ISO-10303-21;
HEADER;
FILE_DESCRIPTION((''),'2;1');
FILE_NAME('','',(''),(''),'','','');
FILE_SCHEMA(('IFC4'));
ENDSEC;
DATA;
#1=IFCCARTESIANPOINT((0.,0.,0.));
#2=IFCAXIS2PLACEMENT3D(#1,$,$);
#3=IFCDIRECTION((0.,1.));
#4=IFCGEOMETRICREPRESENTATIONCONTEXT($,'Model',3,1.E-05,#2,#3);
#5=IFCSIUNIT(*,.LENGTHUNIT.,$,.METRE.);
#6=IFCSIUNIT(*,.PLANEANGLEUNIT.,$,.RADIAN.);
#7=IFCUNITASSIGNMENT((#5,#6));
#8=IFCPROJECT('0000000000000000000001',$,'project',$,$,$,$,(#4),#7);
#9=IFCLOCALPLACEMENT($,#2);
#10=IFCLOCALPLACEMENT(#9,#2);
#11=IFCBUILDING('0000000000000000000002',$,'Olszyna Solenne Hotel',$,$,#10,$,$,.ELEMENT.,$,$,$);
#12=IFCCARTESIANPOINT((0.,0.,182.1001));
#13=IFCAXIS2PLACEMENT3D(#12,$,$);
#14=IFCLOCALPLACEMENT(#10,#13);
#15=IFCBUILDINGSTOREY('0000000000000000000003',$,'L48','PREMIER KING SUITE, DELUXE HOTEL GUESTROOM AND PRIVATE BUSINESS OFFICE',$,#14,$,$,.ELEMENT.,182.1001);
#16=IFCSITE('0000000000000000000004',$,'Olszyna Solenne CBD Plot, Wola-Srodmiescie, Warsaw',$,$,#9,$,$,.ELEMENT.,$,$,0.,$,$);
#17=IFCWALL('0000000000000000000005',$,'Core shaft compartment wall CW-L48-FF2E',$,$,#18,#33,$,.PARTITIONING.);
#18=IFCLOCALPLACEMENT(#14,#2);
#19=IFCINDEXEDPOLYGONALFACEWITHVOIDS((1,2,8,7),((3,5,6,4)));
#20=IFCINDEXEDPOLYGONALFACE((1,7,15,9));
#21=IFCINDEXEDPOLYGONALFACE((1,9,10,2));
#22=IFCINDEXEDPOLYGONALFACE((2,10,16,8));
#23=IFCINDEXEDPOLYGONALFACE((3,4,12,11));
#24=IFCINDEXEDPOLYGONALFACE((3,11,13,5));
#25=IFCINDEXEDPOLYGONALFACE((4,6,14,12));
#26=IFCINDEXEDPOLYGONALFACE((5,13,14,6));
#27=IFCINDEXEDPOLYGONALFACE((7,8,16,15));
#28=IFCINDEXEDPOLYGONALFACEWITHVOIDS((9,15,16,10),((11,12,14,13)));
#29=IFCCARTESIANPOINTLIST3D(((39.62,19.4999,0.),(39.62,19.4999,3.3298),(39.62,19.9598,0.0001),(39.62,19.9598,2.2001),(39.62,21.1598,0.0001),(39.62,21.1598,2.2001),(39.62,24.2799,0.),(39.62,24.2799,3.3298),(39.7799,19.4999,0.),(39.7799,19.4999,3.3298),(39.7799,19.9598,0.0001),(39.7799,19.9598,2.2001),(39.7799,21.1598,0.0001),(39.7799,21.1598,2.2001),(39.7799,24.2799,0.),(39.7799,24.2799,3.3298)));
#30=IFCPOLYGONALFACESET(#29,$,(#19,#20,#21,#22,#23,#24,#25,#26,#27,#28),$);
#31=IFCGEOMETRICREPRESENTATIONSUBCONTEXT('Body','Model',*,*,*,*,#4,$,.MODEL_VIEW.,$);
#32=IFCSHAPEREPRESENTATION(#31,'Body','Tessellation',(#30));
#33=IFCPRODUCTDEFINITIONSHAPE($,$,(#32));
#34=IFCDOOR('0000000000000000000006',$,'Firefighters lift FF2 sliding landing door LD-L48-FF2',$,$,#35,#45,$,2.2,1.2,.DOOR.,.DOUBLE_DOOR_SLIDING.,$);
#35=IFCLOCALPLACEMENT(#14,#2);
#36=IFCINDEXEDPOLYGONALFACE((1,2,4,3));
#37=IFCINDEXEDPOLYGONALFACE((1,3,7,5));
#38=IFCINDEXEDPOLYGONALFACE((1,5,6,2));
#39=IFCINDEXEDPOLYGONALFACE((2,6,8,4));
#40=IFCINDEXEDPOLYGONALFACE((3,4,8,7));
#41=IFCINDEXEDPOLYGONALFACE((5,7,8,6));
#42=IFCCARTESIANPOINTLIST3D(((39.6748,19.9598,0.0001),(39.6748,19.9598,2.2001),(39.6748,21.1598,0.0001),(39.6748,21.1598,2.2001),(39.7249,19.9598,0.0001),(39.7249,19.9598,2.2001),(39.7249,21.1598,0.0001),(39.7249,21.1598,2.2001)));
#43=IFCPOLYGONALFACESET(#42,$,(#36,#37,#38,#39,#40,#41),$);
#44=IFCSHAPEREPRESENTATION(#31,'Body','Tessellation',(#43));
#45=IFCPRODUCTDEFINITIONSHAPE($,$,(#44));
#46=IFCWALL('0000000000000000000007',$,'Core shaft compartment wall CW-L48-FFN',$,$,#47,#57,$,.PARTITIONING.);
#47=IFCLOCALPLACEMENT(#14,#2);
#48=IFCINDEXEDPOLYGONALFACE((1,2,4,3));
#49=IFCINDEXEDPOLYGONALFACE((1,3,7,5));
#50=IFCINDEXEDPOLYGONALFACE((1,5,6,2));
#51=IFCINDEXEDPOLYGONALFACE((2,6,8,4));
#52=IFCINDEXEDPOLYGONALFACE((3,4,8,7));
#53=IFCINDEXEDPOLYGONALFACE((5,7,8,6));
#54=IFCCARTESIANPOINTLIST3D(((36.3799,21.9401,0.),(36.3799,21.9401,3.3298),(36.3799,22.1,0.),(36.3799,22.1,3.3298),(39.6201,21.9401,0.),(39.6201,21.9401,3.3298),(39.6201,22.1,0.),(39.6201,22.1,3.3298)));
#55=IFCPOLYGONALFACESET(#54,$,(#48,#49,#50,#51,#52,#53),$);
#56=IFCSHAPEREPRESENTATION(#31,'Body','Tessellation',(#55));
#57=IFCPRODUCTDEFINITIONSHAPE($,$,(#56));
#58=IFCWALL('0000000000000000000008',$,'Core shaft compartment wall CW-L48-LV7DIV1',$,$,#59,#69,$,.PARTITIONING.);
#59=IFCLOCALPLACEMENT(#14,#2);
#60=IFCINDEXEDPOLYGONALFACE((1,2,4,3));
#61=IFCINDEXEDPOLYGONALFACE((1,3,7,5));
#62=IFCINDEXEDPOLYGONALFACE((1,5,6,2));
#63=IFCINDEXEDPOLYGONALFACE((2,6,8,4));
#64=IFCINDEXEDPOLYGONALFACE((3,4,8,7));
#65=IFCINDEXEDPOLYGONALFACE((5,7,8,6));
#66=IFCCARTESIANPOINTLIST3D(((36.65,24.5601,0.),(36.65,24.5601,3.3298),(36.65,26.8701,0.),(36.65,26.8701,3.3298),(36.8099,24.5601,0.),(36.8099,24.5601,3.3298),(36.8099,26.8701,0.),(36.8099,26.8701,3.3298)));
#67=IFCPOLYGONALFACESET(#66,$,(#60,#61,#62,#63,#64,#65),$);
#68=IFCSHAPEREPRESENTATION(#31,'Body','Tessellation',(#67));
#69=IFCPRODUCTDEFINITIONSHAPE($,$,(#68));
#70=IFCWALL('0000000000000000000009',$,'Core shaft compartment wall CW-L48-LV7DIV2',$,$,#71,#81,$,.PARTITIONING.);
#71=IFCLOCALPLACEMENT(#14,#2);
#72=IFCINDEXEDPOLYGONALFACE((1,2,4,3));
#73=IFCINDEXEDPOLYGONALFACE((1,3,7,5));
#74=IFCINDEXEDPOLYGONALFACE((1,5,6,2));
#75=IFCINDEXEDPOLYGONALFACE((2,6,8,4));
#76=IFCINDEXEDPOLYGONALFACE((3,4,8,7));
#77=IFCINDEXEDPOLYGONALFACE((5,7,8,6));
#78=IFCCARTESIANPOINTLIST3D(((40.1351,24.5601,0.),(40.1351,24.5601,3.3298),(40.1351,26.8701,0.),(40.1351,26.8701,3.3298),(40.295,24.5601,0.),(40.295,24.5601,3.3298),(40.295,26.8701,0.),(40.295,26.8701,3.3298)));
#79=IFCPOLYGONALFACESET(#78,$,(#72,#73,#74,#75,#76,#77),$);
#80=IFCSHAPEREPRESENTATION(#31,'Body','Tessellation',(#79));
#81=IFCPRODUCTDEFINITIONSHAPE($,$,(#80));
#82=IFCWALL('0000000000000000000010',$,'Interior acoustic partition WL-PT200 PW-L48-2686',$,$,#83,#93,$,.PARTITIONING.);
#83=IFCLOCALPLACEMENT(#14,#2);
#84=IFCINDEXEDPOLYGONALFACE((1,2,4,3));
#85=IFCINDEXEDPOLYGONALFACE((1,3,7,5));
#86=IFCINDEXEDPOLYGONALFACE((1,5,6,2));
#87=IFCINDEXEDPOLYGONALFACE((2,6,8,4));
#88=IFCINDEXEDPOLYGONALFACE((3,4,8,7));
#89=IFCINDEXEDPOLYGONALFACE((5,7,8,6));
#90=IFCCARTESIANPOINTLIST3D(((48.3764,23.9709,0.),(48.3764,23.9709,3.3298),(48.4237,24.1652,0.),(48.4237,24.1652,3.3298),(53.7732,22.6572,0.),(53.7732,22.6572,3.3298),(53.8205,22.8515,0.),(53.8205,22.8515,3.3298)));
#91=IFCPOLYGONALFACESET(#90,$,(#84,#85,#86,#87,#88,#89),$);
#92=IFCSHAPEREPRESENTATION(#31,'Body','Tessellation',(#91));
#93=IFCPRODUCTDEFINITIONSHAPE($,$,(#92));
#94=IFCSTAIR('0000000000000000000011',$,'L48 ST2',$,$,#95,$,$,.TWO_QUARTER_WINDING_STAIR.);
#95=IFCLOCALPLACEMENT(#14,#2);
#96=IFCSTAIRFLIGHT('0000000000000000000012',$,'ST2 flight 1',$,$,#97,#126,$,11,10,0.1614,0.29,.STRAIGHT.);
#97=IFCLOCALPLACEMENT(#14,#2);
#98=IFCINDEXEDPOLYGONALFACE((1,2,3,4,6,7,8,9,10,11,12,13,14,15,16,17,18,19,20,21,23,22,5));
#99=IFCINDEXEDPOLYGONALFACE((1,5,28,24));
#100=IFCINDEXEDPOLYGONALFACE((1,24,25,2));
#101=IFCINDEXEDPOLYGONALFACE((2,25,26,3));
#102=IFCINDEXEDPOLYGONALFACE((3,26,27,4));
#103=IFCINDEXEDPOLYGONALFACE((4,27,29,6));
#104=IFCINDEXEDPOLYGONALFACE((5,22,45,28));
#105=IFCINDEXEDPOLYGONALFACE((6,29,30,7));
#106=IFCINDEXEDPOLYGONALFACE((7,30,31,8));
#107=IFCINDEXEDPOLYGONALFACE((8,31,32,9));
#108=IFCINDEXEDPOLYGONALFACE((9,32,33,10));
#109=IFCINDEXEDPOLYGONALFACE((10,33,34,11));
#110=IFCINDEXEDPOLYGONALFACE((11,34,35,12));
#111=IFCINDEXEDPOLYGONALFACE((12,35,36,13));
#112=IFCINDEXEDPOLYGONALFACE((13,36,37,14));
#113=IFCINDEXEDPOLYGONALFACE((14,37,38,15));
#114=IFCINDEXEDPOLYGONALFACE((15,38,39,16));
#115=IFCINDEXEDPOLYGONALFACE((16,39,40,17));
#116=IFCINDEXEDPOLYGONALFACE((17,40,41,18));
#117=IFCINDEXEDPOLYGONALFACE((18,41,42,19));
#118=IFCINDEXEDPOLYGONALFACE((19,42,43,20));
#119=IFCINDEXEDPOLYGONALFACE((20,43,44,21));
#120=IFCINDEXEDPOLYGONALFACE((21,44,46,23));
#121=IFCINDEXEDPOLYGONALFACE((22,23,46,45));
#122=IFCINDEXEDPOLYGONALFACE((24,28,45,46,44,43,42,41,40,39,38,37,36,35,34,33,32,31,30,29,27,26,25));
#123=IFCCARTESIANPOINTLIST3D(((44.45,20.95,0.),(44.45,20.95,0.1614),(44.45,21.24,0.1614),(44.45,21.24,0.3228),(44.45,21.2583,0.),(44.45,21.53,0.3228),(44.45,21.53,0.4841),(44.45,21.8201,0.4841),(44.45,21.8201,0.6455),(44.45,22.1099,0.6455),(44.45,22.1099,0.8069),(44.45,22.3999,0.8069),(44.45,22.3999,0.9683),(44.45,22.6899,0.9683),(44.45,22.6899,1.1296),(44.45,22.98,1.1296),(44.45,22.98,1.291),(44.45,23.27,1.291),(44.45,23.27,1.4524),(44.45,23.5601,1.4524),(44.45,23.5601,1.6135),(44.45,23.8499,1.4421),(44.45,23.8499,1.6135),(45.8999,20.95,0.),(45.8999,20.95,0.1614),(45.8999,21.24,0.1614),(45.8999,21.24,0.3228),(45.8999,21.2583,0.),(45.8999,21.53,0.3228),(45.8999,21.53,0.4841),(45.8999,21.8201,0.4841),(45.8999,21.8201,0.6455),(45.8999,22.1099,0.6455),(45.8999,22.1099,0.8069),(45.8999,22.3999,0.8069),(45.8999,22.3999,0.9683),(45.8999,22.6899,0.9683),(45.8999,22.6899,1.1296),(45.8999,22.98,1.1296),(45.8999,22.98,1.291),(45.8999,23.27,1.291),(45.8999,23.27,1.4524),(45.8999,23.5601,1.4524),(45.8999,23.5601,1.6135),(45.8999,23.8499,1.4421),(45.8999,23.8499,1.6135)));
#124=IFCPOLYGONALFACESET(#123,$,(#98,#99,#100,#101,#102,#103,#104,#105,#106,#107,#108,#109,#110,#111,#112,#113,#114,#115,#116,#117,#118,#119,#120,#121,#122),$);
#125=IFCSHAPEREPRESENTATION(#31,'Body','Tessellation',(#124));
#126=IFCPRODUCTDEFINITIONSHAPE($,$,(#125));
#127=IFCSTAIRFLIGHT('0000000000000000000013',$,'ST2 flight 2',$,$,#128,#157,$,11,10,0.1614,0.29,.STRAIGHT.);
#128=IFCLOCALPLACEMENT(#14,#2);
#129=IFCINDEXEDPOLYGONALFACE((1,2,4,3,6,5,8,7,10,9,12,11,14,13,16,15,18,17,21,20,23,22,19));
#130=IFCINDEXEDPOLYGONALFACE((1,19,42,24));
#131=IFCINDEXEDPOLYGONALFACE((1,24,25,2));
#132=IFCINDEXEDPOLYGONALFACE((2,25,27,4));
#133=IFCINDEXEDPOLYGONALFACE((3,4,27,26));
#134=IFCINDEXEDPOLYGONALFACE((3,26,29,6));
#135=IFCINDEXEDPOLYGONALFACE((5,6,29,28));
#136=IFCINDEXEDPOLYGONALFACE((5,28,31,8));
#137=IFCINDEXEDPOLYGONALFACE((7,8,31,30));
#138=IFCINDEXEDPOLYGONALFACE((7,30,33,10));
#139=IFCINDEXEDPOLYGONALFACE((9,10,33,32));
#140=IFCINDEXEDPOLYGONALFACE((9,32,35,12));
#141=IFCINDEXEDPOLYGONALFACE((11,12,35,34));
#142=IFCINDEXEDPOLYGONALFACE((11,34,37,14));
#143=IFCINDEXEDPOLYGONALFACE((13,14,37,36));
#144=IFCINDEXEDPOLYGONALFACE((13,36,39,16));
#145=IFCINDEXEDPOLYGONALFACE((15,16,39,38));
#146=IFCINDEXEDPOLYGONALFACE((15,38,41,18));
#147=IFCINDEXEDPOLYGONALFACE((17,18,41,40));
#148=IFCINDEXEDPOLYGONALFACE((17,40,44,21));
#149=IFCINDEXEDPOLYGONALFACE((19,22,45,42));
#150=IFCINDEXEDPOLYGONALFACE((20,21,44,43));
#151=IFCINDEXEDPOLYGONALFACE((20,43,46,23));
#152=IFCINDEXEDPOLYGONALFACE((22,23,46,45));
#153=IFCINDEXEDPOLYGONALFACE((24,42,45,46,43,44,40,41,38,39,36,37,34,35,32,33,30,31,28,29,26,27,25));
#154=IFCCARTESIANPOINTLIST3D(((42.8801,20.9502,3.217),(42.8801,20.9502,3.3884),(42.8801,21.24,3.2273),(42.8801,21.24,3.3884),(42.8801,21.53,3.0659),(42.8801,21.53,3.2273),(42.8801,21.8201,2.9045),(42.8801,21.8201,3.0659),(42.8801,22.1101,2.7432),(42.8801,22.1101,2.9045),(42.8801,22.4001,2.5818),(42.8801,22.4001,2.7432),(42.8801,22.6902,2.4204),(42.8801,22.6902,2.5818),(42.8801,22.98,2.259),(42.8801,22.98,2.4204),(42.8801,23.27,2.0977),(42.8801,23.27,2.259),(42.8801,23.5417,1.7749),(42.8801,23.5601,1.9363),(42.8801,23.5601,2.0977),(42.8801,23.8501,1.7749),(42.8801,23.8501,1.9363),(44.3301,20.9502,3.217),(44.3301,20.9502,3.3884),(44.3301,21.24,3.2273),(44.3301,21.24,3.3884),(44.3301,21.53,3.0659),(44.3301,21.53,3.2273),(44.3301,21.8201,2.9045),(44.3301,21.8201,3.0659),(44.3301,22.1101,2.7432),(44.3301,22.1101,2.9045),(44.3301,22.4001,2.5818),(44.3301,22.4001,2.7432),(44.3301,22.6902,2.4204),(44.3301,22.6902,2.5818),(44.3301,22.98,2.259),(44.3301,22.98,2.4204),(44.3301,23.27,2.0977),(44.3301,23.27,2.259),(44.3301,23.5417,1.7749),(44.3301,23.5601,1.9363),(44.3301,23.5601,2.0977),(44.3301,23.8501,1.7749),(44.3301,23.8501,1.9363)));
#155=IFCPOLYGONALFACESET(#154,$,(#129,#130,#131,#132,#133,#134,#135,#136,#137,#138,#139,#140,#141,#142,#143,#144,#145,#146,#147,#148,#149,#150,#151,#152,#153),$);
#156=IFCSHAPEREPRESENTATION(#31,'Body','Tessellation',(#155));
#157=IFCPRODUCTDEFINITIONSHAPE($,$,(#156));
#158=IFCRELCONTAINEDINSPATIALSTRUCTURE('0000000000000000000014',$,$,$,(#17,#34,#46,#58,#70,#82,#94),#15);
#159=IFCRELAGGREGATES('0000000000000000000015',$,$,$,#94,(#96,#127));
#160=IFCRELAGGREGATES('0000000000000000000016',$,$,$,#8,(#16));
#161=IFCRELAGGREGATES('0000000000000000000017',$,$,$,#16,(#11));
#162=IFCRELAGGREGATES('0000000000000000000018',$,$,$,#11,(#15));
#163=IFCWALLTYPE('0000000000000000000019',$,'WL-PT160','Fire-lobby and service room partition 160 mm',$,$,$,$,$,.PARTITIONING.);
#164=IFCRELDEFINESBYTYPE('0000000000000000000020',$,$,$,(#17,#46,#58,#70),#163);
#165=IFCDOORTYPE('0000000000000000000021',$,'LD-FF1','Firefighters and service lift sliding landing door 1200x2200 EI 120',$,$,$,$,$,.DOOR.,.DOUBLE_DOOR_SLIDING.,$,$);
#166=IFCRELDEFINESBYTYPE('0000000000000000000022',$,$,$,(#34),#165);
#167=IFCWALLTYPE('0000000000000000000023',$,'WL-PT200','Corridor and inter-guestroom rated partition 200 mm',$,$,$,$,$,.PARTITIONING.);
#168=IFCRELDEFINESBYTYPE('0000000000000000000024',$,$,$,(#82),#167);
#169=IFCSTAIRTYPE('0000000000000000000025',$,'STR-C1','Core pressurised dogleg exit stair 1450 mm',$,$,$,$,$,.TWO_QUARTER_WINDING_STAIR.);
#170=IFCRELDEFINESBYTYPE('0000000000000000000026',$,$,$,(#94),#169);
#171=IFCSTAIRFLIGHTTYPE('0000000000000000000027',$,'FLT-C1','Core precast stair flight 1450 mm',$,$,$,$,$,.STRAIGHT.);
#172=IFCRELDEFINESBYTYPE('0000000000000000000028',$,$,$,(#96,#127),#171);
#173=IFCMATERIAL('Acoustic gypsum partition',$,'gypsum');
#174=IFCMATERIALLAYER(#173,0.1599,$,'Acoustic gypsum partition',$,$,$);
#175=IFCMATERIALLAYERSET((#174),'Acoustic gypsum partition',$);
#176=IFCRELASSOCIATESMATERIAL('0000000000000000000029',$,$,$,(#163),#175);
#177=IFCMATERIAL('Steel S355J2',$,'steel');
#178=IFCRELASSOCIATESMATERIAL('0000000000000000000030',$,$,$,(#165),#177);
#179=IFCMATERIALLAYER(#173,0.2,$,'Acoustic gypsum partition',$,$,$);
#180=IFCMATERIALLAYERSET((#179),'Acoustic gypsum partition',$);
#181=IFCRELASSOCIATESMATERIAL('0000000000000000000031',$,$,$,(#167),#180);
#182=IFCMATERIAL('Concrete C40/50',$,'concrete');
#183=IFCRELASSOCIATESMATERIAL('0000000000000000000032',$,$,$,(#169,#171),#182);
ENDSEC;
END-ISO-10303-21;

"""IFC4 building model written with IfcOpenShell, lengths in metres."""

from ifc_helpers import new_model, si_unit, direction, frame, frame_2d, origin, place, context, subcontext, project, spatial, polyline, rectangle, outline, extrude, source, transform, mapped, material, layer, layer_set, type_object, type_shapes, element, fill, aggregate, save


model = new_model("IFC4")

# Units and contexts
model_context = context("Model", 3, precision=1e-05, world=origin(), true_north=direction((0.0, 1.0)))
body_context = subcontext(model_context, "Body", "Model", "MODEL_VIEW")
ifc_project = project(units=[si_unit("LENGTHUNIT", "METRE"), si_unit("PLANEANGLEUNIT", "RADIAN")], contexts=[model_context])

# Site, building, storey
site_placement = place(None, origin())
site = spatial("IfcSite", under=ifc_project, at=site_placement, Name="Olszyna Solenne CBD Plot, Wola-Srodmiescie, Warsaw", CompositionType="ELEMENT", RefElevation=0.0)
building_placement = place(site_placement, origin())
building = spatial("IfcBuilding", under=site, at=building_placement, Name="Olszyna Solenne Hotel", CompositionType="ELEMENT")
storey_placement = place(building_placement, frame((0.0, 0.0, 182.1001)))
storey = spatial("IfcBuildingStorey", under=building, at=storey_placement, Name="L48", Description="PREMIER KING SUITE, DELUXE HOTEL GUESTROOM AND PRIVATE BUSINESS OFFICE", CompositionType="ELEMENT", Elevation=182.1001)

# Shared definitions
ifc_material_1 = material(Name="Steel S355J2", Category="steel")

# Shared definitions
ifc_material_2 = material(Name="Acoustic gypsum partition", Category="gypsum")

# Shared definitions
ifc_layer_1 = layer(ifc_material_2, 0.1599, Name="Acoustic gypsum partition")
ifc_layer_set_1 = layer_set([ifc_layer_1], Name="Acoustic gypsum partition")
wall_type_1 = type_object("IfcWallType", Name="WL-PT160", Description="Fire-lobby and service room partition 160 mm", PredefinedType="PARTITIONING", material=ifc_layer_set_1)

# Wall, opening, door
wall_1_placement = place(storey_placement, frame((39.7, 24.28, 0.0), z_axis=(0.0, 0.0, 1.0), x_axis=(0.0, -1.0, 0.0)))
wall_1 = element("IfcWall", 1, at=wall_1_placement, inside=storey, type_object=wall_type_1, Name="Core shaft compartment wall CW-L48-FF2E", PredefinedType="PARTITIONING", context=body_context, shape_type="SweptSolid", body=[
    extrude(rectangle(XDim=4.78, YDim=0.1599, at=frame_2d((2.3901, 0.0))), origin(), (0.0, 0.0, 1.0), 3.3298),
])
opening_1_placement = place(wall_1_placement, frame((3.1201, 0.0, 0.0)))
opening_1 = element("IfcOpeningElement", 2, at=opening_1_placement, cuts=wall_1, PredefinedType="OPENING", context=body_context, shape_type="SweptSolid", body=[
    extrude(rectangle(XDim=1.2, YDim=2.2, at=frame_2d((0.6001, 1.1001))), frame((0.0, 0.0898, 0.0), z_axis=(0.0, -1.0, 0.0), x_axis=(1.0, 0.0, 0.0)), (0.0, 0.0, 1.0), 0.1799),
])
door_type_1 = type_object("IfcDoorType", Name="LD-FF1", Description="Firefighters and service lift sliding landing door 1200x2200 EI 120", OperationType="DOUBLE_DOOR_SLIDING", PredefinedType="DOOR", material=ifc_material_1)
shared_shape_1 = source(origin(), body_context, "Body", "SweptSolid", [
    extrude(rectangle(XDim=1.2, YDim=2.2, at=frame_2d((0.6001, 1.1001))), frame((0.0, 0.0249, 0.0), z_axis=(0.0, -1.0, 0.0), x_axis=(1.0, 0.0, 0.0)), (0.0, 0.0, 1.0), 0.05),
])
type_shapes(door_type_1, [shared_shape_1])
door_1_placement = place(opening_1_placement, origin())
door_1 = element("IfcDoor", 3, at=door_1_placement, inside=storey, type_object=door_type_1, Name="Firefighters lift FF2 sliding landing door LD-L48-FF2", OperationType="DOUBLE_DOOR_SLIDING", OverallHeight=2.2, OverallWidth=1.2, PredefinedType="DOOR", context=body_context, shape_type="MappedRepresentation", body=[
    mapped(shared_shape_1, transform((0.0, 0.0, 0.0), x_axis=(1.0, 0.0, 0.0), y_axis=(0.0, 1.0, 0.0), z_axis=(0.0, 0.0, 1.0), scale=1.0)),
])
fill(opening_1, door_1)

# Walls
wall_2_placement = place(storey_placement, frame((36.3799, 22.02, 0.0), z_axis=(0.0, 0.0, 1.0), x_axis=(1.0, 0.0, 0.0)))
element("IfcWall", 4, at=wall_2_placement, inside=storey, type_object=wall_type_1, Name="Core shaft compartment wall CW-L48-FFN", PredefinedType="PARTITIONING", context=body_context, shape_type="SweptSolid", body=[
    extrude(rectangle(XDim=3.2402, YDim=0.1599, at=frame_2d((1.6201, 0.0))), origin(), (0.0, 0.0, 1.0), 3.3298),
])
for number, where, z_axis, x_axis, name in (
    (5, (36.73, 24.5601, 0.0), (0.0, 0.0, 1.0), (0.0, 1.0, 0.0), "Core shaft compartment wall CW-L48-LV7DIV1"),
    (6, (40.2151, 24.5601, 0.0), (0.0, 0.0, 1.0), (0.0, 1.0, 0.0), "Core shaft compartment wall CW-L48-LV7DIV2"),
):
    element("IfcWall", number, at=place(storey_placement, frame(where, z_axis=z_axis, x_axis=x_axis)), inside=storey, type_object=wall_type_1, Name=name, PredefinedType="PARTITIONING", context=body_context, shape_type="SweptSolid", body=[
        extrude(rectangle(XDim=2.3101, YDim=0.1599, at=frame_2d((1.155, 0.0))), origin(), (0.0, 0.0, 1.0), 3.3298),
    ])
ifc_layer_2 = layer(ifc_material_2, 0.2, Name="Acoustic gypsum partition")
ifc_layer_set_2 = layer_set([ifc_layer_2], Name="Acoustic gypsum partition")
wall_type_2 = type_object("IfcWallType", Name="WL-PT200", Description="Corridor and inter-guestroom rated partition 200 mm", PredefinedType="PARTITIONING", material=ifc_layer_set_2)
wall_3_placement = place(storey_placement, frame((48.3999, 24.0681, 0.0), z_axis=(0.0, 0.0, 1.0), x_axis=(0.971626, -0.236522, 0.0)))
element("IfcWall", 7, at=wall_3_placement, inside=storey, type_object=wall_type_2, Name="Interior acoustic partition WL-PT200 PW-L48-2686", PredefinedType="PARTITIONING", context=body_context, shape_type="SweptSolid", body=[
    extrude(rectangle(XDim=5.5544, YDim=0.2, at=frame_2d((2.7773, 0.0))), origin(), (0.0, 0.0, 1.0), 3.3298),
])

# Stair, stair flights
ifc_material_3 = material(Name="Concrete C40/50", Category="concrete")
stair_type = type_object("IfcStairType", Name="STR-C1", Description="Core pressurised dogleg exit stair 1450 mm", PredefinedType="TWO_QUARTER_WINDING_STAIR", material=ifc_material_3)
stair_placement = place(storey_placement, origin())
stair = element("IfcStair", 8, at=stair_placement, inside=storey, type_object=stair_type, Name="L48 ST2", PredefinedType="TWO_QUARTER_WINDING_STAIR")
stair_flight_type = type_object("IfcStairFlightType", Name="FLT-C1", Description="Core precast stair flight 1450 mm", PredefinedType="STRAIGHT", material=ifc_material_3)
stair_flight_1_placement = place(storey_placement, frame((45.175, 20.95, 0.0), z_axis=(0.0, 0.0, 1.0), x_axis=(0.0, 1.0, 0.0)))
stair_flight_1 = element("IfcStairFlight", 9, at=stair_flight_1_placement, type_object=stair_flight_type, Name="ST2 flight 1", NumberOfRisers=11, NumberOfTreads=10, PredefinedType="STRAIGHT", RiserHeight=0.1614, TreadLength=0.29, context=body_context, shape_type="SweptSolid", body=[
    extrude(outline(polyline([(0.0, 0.0), (0.0, 0.1614), (0.29, 0.1614), (0.29, 0.3228), (0.5801, 0.3228), (0.5801, 0.4841), (0.8701, 0.4841), (0.8701, 0.6455), (1.1599, 0.6455), (1.1599, 0.8069), (1.45, 0.8069), (1.45, 0.9683), (1.74, 0.9683), (1.74, 1.1296), (2.03, 1.1296), (2.03, 1.291), (2.3201, 1.291), (2.3201, 1.4524), (2.6101, 1.4524), (2.6101, 1.6135), (2.8999, 1.6135), (2.8999, 1.7749), (2.8999, 1.4421), (0.3083, 0.0), (0.0, 0.0)])), frame((0.0, 0.7251, 0.0), z_axis=(0.0, -1.0, 0.0), x_axis=(1.0, 0.0, 0.0)), (0.0, 0.0, 1.0), 1.45),
])
stair_flight_2_placement = place(storey_placement, frame((43.605, 23.8501, 1.7749), z_axis=(0.0, 0.0, 1.0), x_axis=(0.0, -1.0, 0.0)))
stair_flight_2 = element("IfcStairFlight", 10, at=stair_flight_2_placement, type_object=stair_flight_type, Name="ST2 flight 2", NumberOfRisers=11, NumberOfTreads=10, PredefinedType="STRAIGHT", RiserHeight=0.1614, TreadLength=0.29, context=body_context, shape_type="SweptSolid", body=[
    extrude(outline(polyline([(0.0, 0.0), (0.0, 0.1614), (0.29, 0.1614), (0.29, 0.3228), (0.5801, 0.3228), (0.5801, 0.4841), (0.8701, 0.4841), (0.8701, 0.6455), (1.1599, 0.6455), (1.1599, 0.8069), (1.45, 0.8069), (1.45, 0.9683), (1.74, 0.9683), (1.74, 1.1296), (2.03, 1.1296), (2.03, 1.291), (2.3201, 1.291), (2.3201, 1.4524), (2.6101, 1.4524), (2.6101, 1.6135), (2.8999, 1.6135), (2.8999, 1.7749), (2.8999, 1.4421), (0.3083, 0.0), (0.0, 0.0)])), frame((0.0, 0.7251, 0.0), z_axis=(0.0, -1.0, 0.0), x_axis=(1.0, 0.0, 0.0)), (0.0, 0.0, 1.0), 1.45),
])
aggregate(stair, [stair_flight_1, stair_flight_2])

save(model, "model.ifc")
